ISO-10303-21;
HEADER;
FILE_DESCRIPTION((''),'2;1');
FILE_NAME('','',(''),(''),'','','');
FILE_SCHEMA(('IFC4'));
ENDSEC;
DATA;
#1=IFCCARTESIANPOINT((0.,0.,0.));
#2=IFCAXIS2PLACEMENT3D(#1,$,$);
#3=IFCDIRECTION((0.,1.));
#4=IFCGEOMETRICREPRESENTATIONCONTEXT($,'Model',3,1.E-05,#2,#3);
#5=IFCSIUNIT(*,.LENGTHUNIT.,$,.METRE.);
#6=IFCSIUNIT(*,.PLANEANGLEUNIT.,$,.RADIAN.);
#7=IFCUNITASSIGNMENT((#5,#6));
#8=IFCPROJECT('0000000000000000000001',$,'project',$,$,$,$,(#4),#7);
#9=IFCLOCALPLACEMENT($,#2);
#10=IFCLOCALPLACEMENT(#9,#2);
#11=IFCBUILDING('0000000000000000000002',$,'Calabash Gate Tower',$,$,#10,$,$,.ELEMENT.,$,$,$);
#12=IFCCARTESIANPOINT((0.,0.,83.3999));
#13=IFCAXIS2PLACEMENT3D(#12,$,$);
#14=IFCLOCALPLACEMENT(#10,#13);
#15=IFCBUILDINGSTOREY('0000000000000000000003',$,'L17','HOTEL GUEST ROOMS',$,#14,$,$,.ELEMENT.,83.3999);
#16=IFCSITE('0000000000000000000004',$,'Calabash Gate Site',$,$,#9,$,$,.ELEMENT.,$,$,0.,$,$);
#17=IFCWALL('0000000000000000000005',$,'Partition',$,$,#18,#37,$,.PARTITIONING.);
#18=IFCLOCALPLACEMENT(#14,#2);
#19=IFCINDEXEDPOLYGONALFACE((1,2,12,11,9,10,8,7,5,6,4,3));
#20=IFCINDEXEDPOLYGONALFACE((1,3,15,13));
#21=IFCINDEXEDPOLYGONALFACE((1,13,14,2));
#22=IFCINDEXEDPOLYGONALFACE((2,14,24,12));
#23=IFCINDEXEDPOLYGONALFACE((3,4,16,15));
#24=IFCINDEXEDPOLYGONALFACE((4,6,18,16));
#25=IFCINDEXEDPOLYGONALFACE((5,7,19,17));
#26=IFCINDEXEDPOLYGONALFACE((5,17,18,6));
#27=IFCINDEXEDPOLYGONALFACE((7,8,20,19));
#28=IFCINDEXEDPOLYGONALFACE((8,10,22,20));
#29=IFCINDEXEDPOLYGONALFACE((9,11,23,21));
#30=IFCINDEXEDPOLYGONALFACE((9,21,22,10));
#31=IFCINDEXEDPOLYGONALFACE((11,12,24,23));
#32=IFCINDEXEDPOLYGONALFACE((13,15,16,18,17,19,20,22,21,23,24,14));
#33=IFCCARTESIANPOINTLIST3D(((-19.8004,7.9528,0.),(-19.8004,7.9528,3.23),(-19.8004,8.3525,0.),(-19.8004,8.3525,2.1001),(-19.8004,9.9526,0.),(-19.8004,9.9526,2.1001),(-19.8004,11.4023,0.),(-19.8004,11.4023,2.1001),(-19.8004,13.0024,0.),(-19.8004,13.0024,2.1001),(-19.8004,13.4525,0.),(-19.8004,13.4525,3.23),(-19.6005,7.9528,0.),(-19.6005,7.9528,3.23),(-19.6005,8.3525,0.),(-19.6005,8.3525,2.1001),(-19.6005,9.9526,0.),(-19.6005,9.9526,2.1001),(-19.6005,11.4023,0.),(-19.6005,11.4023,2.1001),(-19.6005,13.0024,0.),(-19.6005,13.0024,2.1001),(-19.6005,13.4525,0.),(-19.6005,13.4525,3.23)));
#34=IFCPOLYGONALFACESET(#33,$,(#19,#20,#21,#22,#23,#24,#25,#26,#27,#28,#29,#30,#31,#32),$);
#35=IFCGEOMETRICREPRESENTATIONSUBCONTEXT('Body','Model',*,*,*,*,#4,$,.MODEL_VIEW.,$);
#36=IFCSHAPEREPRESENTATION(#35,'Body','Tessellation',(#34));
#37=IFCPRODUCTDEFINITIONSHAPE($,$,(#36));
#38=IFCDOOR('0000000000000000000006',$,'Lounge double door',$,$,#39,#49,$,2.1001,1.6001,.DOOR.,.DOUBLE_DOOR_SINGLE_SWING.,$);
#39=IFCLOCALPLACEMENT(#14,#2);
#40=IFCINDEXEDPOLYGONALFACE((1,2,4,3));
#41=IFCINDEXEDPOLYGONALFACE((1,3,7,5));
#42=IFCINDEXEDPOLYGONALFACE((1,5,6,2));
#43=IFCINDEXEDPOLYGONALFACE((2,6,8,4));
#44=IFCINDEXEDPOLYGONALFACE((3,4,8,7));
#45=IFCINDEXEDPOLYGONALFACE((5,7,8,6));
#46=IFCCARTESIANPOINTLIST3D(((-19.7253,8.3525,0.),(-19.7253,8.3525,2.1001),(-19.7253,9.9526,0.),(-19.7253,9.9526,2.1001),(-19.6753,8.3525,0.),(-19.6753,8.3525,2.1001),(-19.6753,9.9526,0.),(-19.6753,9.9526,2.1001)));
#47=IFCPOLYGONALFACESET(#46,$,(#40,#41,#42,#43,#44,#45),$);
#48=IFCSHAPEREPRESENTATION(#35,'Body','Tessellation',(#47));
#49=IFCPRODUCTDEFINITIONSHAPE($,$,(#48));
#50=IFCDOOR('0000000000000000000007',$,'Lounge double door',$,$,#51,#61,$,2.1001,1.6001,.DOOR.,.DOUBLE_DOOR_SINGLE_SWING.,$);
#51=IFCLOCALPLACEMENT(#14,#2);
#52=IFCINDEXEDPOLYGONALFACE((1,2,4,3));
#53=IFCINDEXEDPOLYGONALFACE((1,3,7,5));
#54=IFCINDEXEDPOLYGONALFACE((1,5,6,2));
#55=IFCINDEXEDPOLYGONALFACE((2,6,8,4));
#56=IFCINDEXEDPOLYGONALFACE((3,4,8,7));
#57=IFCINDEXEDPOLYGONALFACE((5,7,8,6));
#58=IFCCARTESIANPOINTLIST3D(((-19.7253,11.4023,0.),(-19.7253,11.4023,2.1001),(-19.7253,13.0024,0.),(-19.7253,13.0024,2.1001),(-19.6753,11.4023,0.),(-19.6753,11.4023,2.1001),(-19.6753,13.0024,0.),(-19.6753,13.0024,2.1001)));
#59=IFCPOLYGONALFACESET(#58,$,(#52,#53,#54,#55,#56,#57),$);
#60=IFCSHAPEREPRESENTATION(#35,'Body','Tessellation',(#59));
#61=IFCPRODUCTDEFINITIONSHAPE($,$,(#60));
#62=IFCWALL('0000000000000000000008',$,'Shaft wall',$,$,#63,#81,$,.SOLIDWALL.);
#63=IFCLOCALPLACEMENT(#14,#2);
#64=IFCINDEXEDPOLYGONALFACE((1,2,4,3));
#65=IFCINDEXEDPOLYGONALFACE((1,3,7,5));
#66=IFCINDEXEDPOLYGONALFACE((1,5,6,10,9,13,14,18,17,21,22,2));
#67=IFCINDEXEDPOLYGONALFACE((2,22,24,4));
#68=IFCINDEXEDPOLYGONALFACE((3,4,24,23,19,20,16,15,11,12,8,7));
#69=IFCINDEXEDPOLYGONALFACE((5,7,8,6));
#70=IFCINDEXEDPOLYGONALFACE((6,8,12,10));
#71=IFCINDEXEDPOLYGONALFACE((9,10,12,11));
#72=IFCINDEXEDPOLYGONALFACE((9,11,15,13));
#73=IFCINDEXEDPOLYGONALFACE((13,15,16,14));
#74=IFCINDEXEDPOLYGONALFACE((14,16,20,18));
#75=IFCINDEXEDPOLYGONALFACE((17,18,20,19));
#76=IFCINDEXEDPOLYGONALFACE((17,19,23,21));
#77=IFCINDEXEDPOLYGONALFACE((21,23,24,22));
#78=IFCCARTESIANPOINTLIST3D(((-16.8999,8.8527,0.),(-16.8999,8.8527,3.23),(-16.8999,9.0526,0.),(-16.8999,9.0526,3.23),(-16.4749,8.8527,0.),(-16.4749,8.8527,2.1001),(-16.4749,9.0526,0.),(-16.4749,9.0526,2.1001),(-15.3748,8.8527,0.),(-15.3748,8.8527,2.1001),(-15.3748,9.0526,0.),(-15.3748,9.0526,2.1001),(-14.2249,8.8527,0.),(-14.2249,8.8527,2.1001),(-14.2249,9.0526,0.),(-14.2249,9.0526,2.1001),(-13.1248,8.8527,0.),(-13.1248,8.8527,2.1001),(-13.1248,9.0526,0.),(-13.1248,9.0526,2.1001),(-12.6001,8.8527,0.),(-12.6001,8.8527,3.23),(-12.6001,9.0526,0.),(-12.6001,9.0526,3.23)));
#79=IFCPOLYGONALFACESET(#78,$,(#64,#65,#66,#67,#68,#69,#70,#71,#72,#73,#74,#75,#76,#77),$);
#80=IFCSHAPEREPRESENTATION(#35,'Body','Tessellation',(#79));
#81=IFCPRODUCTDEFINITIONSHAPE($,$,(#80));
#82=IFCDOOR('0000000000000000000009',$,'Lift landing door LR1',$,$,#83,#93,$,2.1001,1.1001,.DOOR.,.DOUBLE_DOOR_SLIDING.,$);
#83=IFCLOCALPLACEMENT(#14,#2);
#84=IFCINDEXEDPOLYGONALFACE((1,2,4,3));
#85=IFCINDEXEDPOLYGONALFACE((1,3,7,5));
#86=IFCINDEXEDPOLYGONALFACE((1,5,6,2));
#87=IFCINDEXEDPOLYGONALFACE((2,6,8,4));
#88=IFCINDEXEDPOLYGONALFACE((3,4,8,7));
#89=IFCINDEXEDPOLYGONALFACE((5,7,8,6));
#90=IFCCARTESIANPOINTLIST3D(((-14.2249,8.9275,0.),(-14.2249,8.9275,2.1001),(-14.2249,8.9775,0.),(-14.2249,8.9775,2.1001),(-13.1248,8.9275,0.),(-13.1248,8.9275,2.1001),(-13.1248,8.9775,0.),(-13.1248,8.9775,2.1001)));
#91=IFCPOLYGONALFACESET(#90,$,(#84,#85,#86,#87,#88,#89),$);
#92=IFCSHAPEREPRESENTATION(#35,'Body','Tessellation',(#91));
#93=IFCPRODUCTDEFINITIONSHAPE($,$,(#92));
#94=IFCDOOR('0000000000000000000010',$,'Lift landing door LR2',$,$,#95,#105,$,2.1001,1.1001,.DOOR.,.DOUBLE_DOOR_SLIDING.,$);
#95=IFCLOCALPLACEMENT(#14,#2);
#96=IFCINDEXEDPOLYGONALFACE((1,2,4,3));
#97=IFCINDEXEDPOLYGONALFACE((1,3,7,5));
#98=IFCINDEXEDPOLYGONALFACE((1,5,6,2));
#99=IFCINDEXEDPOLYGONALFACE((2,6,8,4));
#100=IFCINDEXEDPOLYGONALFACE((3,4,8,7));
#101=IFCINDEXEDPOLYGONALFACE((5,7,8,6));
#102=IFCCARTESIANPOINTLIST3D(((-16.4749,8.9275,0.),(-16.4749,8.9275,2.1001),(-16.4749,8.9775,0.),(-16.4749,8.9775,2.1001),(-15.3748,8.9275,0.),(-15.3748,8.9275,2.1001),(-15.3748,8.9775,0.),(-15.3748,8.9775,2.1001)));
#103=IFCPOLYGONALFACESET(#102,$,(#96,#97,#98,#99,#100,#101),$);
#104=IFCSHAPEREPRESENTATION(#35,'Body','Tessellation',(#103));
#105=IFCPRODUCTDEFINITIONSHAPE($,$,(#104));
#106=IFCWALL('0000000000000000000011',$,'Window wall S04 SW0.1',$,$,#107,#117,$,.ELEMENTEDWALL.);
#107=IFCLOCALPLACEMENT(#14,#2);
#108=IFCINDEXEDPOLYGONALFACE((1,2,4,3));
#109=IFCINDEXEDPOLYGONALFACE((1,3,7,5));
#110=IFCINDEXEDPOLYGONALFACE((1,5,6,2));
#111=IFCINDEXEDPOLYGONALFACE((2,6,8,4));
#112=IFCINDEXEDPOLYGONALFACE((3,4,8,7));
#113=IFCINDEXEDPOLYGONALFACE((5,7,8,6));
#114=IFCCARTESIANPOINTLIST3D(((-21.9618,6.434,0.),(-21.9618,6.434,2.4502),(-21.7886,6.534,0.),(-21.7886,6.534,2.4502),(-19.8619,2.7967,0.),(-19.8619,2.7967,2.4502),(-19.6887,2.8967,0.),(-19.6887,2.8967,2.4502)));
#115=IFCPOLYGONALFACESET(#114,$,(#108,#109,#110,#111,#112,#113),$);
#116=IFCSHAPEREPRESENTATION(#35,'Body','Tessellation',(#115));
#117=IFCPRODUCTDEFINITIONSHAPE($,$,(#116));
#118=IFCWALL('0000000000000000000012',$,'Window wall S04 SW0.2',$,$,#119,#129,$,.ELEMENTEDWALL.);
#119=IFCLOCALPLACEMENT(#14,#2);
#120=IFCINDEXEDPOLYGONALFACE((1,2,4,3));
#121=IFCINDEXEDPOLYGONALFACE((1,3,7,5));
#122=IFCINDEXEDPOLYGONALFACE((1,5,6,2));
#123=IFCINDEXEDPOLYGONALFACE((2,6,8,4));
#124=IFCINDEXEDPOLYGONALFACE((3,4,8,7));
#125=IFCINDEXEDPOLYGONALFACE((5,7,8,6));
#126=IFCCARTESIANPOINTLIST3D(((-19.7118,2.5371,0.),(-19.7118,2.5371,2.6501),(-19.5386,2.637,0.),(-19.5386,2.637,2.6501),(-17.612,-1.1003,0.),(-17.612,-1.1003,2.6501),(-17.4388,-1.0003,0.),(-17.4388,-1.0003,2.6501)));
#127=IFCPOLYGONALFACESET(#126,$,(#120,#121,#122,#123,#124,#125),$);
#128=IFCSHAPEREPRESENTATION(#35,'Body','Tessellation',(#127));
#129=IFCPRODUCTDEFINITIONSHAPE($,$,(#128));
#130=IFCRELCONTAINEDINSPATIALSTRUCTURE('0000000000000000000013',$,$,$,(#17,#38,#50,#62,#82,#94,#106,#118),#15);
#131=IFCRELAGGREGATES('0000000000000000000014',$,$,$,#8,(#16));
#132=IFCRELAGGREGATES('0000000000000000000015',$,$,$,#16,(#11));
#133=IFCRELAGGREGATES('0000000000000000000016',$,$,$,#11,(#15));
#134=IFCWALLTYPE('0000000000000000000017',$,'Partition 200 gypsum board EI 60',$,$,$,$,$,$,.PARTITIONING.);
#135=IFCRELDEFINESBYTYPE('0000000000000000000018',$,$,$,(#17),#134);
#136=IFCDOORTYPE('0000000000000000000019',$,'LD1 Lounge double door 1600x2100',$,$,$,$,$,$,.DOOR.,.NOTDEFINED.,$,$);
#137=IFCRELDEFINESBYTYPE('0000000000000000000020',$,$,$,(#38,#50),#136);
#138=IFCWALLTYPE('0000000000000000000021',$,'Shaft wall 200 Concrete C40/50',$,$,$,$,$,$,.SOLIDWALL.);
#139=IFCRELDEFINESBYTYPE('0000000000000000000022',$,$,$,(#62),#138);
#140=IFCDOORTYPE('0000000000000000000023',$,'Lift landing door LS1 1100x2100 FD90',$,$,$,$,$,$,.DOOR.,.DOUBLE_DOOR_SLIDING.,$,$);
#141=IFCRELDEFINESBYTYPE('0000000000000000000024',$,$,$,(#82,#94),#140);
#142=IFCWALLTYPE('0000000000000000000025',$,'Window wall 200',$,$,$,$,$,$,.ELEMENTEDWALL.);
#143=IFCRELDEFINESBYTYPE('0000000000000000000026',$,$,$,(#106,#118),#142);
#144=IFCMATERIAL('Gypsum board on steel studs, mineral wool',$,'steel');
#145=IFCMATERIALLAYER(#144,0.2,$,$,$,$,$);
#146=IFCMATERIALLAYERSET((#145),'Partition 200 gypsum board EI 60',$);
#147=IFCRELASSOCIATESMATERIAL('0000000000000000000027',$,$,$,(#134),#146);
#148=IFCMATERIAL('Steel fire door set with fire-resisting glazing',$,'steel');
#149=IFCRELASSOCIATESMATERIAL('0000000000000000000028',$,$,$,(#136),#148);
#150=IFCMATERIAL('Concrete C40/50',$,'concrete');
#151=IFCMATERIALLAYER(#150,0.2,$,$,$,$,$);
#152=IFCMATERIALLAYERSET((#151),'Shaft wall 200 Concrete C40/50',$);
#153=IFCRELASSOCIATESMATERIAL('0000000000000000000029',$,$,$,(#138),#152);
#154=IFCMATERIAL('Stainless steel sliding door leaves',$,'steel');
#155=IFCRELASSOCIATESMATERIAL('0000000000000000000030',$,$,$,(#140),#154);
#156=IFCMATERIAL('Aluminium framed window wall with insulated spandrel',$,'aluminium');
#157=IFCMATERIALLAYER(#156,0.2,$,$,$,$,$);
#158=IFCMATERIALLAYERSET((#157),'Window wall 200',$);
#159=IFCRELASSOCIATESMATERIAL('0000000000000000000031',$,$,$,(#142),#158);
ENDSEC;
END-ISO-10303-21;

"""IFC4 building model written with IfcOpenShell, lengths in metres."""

from ifc_helpers import new_model, si_unit, direction, frame, frame_2d, origin, place, context, subcontext, project, spatial, rectangle, extrude, material, layer, layer_set, type_object, element, fill, save


model = new_model("IFC4")

# Units and contexts
model_context = context("Model", 3, precision=1e-05, world=origin(), true_north=direction((0.0, 1.0)))
body_context = subcontext(model_context, "Body", "Model", "MODEL_VIEW")
ifc_project = project(units=[si_unit("LENGTHUNIT", "METRE"), si_unit("PLANEANGLEUNIT", "RADIAN")], contexts=[model_context])

# Site, building, storey
site_placement = place(None, origin())
site = spatial("IfcSite", under=ifc_project, at=site_placement, Name="Calabash Gate Site", CompositionType="ELEMENT", RefElevation=0.0)
building_placement = place(site_placement, origin())
building = spatial("IfcBuilding", under=site, at=building_placement, Name="Calabash Gate Tower", CompositionType="ELEMENT")
storey_placement = place(building_placement, frame((0.0, 0.0, 83.3999)))
storey = spatial("IfcBuildingStorey", under=building, at=storey_placement, Name="L17", Description="HOTEL GUEST ROOMS", CompositionType="ELEMENT", Elevation=83.3999)

# Shared definitions
ifc_material_1 = material(Name="Gypsum board on steel studs, mineral wool", Category="steel")
ifc_layer_1 = layer(ifc_material_1, 0.2)
ifc_layer_set_1 = layer_set([ifc_layer_1], Name="Partition 200 gypsum board EI 60")
wall_type_1 = type_object("IfcWallType", Name="Partition 200 gypsum board EI 60", PredefinedType="PARTITIONING", material=ifc_layer_set_1)

# Walls, openings, doors
wall_1_placement = place(storey_placement, frame((-19.7004, 7.9526, 0.0), z_axis=(0.0, 0.0, 1.0), x_axis=(0.0, 1.0, 0.0)))
wall_1 = element("IfcWall", 1, at=wall_1_placement, inside=storey, type_object=wall_type_1, Name="Partition", PredefinedType="PARTITIONING", context=body_context, shape_type="SweptSolid", body=[
    extrude(rectangle(XDim=5.4998, YDim=0.2, at=frame_2d((2.75, 0.0))), origin(), (0.0, 0.0, 1.0), 3.23),
])
opening_1_placement = place(wall_1_placement, frame((0.3999, 0.0, 0.0)))
opening_1 = element("IfcOpeningElement", 2, at=opening_1_placement, cuts=wall_1, PredefinedType="OPENING", context=body_context, shape_type="SweptSolid", body=[
    extrude(rectangle(XDim=1.6001, YDim=2.1001, at=frame_2d((0.8, 1.05))), frame((0.0, 0.1099, 0.0), z_axis=(0.0, -1.0, 0.0), x_axis=(1.0, 0.0, 0.0)), (0.0, 0.0, 1.0), 0.22),
])
opening_2_placement = place(wall_1_placement, frame((3.4497, 0.0, 0.0)))
opening_2 = element("IfcOpeningElement", 3, at=opening_2_placement, cuts=wall_1, PredefinedType="OPENING", context=body_context, shape_type="SweptSolid", body=[
    extrude(rectangle(XDim=1.6001, YDim=2.1001, at=frame_2d((0.8, 1.05))), frame((0.0, 0.1099, 0.0), z_axis=(0.0, -1.0, 0.0), x_axis=(1.0, 0.0, 0.0)), (0.0, 0.0, 1.0), 0.22),
])
ifc_material_2 = material(Name="Steel fire door set with fire-resisting glazing", Category="steel")
door_type_1 = type_object("IfcDoorType", Name="LD1 Lounge double door 1600x2100", OperationType="NOTDEFINED", PredefinedType="DOOR", material=ifc_material_2)
door_1_placement = place(opening_1_placement, origin())
door_1 = element("IfcDoor", 4, at=door_1_placement, inside=storey, type_object=door_type_1, Name="Lounge double door", OperationType="DOUBLE_DOOR_SINGLE_SWING", OverallHeight=2.1001, OverallWidth=1.6001, PredefinedType="DOOR", context=body_context, shape_type="SweptSolid", body=[
    extrude(rectangle(XDim=1.6001, YDim=2.1001, at=frame_2d((0.8, 1.05))), frame((0.0, 0.0249, 0.0), z_axis=(0.0, -1.0, 0.0), x_axis=(1.0, 0.0, 0.0)), (0.0, 0.0, 1.0), 0.05),
])
fill(opening_1, door_1)
door_2_placement = place(opening_2_placement, origin())
door_2 = element("IfcDoor", 5, at=door_2_placement, inside=storey, type_object=door_type_1, Name="Lounge double door", OperationType="DOUBLE_DOOR_SINGLE_SWING", OverallHeight=2.1001, OverallWidth=1.6001, PredefinedType="DOOR", context=body_context, shape_type="SweptSolid", body=[
    extrude(rectangle(XDim=1.6001, YDim=2.1001, at=frame_2d((0.8, 1.05))), frame((0.0, 0.0249, 0.0), z_axis=(0.0, -1.0, 0.0), x_axis=(1.0, 0.0, 0.0)), (0.0, 0.0, 1.0), 0.05),
])
fill(opening_2, door_2)
ifc_material_3 = material(Name="Concrete C40/50", Category="concrete")
ifc_layer_2 = layer(ifc_material_3, 0.2)
ifc_layer_set_2 = layer_set([ifc_layer_2], Name="Shaft wall 200 Concrete C40/50")
wall_type_2 = type_object("IfcWallType", Name="Shaft wall 200 Concrete C40/50", PredefinedType="SOLIDWALL", material=ifc_layer_set_2)
wall_2_placement = place(storey_placement, frame((-16.8999, 8.9526, 0.0), z_axis=(0.0, 0.0, 1.0), x_axis=(1.0, 0.0, 0.0)))
wall_2 = element("IfcWall", 6, at=wall_2_placement, inside=storey, type_object=wall_type_2, Name="Shaft wall", PredefinedType="SOLIDWALL", context=body_context, shape_type="SweptSolid", body=[
    extrude(rectangle(XDim=4.2998, YDim=0.2, at=frame_2d((2.1499, 0.0))), origin(), (0.0, 0.0, 1.0), 3.23),
])
opening_3_placement = place(wall_2_placement, frame((2.675, 0.0, 0.0)))
opening_3 = element("IfcOpeningElement", 7, at=opening_3_placement, cuts=wall_2, PredefinedType="OPENING", context=body_context, shape_type="SweptSolid", body=[
    extrude(rectangle(XDim=1.1001, YDim=2.1001, at=frame_2d((0.55, 1.05))), frame((0.0, 0.1099, 0.0), z_axis=(0.0, -1.0, 0.0), x_axis=(1.0, 0.0, 0.0)), (0.0, 0.0, 1.0), 0.22),
])
opening_4_placement = place(wall_2_placement, frame((0.425, 0.0, 0.0)))
opening_4 = element("IfcOpeningElement", 8, at=opening_4_placement, cuts=wall_2, PredefinedType="OPENING", context=body_context, shape_type="SweptSolid", body=[
    extrude(rectangle(XDim=1.1001, YDim=2.1001, at=frame_2d((0.55, 1.05))), frame((0.0, 0.1099, 0.0), z_axis=(0.0, -1.0, 0.0), x_axis=(1.0, 0.0, 0.0)), (0.0, 0.0, 1.0), 0.22),
])
ifc_material_4 = material(Name="Stainless steel sliding door leaves", Category="steel")
door_type_2 = type_object("IfcDoorType", Name="Lift landing door LS1 1100x2100 FD90", OperationType="DOUBLE_DOOR_SLIDING", PredefinedType="DOOR", material=ifc_material_4)
door_3_placement = place(opening_3_placement, origin())
door_3 = element("IfcDoor", 9, at=door_3_placement, inside=storey, type_object=door_type_2, Name="Lift landing door LR1", OperationType="DOUBLE_DOOR_SLIDING", OverallHeight=2.1001, OverallWidth=1.1001, PredefinedType="DOOR", context=body_context, shape_type="SweptSolid", body=[
    extrude(rectangle(XDim=1.1001, YDim=2.1001, at=frame_2d((0.55, 1.05))), frame((0.0, 0.0249, 0.0), z_axis=(0.0, -1.0, 0.0), x_axis=(1.0, 0.0, 0.0)), (0.0, 0.0, 1.0), 0.05),
])
fill(opening_3, door_3)
door_4_placement = place(opening_4_placement, origin())
door_4 = element("IfcDoor", 10, at=door_4_placement, inside=storey, type_object=door_type_2, Name="Lift landing door LR2", OperationType="DOUBLE_DOOR_SLIDING", OverallHeight=2.1001, OverallWidth=1.1001, PredefinedType="DOOR", context=body_context, shape_type="SweptSolid", body=[
    extrude(rectangle(XDim=1.1001, YDim=2.1001, at=frame_2d((0.55, 1.05))), frame((0.0, 0.0249, 0.0), z_axis=(0.0, -1.0, 0.0), x_axis=(1.0, 0.0, 0.0)), (0.0, 0.0, 1.0), 0.05),
])
fill(opening_4, door_4)

# Walls
ifc_material_5 = material(Name="Aluminium framed window wall with insulated spandrel", Category="aluminium")
ifc_layer_3 = layer(ifc_material_5, 0.2)
ifc_layer_set_3 = layer_set([ifc_layer_3], Name="Window wall 200")
wall_type_3 = type_object("IfcWallType", Name="Window wall 200", PredefinedType="ELEMENTEDWALL", material=ifc_layer_set_3)
wall_3_placement = place(storey_placement, frame((-21.8752, 6.4841, 0.0), z_axis=(0.0, 0.0, 1.0), x_axis=(0.499984, -0.866035, 0.0)))
element("IfcWall", 11, at=wall_3_placement, inside=storey, type_object=wall_type_3, Name="Window wall S04 SW0.1", PredefinedType="ELEMENTEDWALL", context=body_context, shape_type="SweptSolid", body=[
    extrude(rectangle(XDim=4.2, YDim=0.2, at=frame_2d((2.1001, 0.0))), origin(), (0.0, 0.0, 1.0), 2.4502),
])
wall_4_placement = place(storey_placement, frame((-19.6252, 2.5872, 0.0), z_axis=(0.0, 0.0, 1.0), x_axis=(0.499959, -0.866049, 0.0)))
element("IfcWall", 12, at=wall_4_placement, inside=storey, type_object=wall_type_3, Name="Window wall S04 SW0.2", PredefinedType="ELEMENTEDWALL", context=body_context, shape_type="SweptSolid", body=[
    extrude(rectangle(XDim=4.2, YDim=0.2, at=frame_2d((2.1001, 0.0))), origin(), (0.0, 0.0, 1.0), 2.6501),
])

save(model, "model.ifc")
